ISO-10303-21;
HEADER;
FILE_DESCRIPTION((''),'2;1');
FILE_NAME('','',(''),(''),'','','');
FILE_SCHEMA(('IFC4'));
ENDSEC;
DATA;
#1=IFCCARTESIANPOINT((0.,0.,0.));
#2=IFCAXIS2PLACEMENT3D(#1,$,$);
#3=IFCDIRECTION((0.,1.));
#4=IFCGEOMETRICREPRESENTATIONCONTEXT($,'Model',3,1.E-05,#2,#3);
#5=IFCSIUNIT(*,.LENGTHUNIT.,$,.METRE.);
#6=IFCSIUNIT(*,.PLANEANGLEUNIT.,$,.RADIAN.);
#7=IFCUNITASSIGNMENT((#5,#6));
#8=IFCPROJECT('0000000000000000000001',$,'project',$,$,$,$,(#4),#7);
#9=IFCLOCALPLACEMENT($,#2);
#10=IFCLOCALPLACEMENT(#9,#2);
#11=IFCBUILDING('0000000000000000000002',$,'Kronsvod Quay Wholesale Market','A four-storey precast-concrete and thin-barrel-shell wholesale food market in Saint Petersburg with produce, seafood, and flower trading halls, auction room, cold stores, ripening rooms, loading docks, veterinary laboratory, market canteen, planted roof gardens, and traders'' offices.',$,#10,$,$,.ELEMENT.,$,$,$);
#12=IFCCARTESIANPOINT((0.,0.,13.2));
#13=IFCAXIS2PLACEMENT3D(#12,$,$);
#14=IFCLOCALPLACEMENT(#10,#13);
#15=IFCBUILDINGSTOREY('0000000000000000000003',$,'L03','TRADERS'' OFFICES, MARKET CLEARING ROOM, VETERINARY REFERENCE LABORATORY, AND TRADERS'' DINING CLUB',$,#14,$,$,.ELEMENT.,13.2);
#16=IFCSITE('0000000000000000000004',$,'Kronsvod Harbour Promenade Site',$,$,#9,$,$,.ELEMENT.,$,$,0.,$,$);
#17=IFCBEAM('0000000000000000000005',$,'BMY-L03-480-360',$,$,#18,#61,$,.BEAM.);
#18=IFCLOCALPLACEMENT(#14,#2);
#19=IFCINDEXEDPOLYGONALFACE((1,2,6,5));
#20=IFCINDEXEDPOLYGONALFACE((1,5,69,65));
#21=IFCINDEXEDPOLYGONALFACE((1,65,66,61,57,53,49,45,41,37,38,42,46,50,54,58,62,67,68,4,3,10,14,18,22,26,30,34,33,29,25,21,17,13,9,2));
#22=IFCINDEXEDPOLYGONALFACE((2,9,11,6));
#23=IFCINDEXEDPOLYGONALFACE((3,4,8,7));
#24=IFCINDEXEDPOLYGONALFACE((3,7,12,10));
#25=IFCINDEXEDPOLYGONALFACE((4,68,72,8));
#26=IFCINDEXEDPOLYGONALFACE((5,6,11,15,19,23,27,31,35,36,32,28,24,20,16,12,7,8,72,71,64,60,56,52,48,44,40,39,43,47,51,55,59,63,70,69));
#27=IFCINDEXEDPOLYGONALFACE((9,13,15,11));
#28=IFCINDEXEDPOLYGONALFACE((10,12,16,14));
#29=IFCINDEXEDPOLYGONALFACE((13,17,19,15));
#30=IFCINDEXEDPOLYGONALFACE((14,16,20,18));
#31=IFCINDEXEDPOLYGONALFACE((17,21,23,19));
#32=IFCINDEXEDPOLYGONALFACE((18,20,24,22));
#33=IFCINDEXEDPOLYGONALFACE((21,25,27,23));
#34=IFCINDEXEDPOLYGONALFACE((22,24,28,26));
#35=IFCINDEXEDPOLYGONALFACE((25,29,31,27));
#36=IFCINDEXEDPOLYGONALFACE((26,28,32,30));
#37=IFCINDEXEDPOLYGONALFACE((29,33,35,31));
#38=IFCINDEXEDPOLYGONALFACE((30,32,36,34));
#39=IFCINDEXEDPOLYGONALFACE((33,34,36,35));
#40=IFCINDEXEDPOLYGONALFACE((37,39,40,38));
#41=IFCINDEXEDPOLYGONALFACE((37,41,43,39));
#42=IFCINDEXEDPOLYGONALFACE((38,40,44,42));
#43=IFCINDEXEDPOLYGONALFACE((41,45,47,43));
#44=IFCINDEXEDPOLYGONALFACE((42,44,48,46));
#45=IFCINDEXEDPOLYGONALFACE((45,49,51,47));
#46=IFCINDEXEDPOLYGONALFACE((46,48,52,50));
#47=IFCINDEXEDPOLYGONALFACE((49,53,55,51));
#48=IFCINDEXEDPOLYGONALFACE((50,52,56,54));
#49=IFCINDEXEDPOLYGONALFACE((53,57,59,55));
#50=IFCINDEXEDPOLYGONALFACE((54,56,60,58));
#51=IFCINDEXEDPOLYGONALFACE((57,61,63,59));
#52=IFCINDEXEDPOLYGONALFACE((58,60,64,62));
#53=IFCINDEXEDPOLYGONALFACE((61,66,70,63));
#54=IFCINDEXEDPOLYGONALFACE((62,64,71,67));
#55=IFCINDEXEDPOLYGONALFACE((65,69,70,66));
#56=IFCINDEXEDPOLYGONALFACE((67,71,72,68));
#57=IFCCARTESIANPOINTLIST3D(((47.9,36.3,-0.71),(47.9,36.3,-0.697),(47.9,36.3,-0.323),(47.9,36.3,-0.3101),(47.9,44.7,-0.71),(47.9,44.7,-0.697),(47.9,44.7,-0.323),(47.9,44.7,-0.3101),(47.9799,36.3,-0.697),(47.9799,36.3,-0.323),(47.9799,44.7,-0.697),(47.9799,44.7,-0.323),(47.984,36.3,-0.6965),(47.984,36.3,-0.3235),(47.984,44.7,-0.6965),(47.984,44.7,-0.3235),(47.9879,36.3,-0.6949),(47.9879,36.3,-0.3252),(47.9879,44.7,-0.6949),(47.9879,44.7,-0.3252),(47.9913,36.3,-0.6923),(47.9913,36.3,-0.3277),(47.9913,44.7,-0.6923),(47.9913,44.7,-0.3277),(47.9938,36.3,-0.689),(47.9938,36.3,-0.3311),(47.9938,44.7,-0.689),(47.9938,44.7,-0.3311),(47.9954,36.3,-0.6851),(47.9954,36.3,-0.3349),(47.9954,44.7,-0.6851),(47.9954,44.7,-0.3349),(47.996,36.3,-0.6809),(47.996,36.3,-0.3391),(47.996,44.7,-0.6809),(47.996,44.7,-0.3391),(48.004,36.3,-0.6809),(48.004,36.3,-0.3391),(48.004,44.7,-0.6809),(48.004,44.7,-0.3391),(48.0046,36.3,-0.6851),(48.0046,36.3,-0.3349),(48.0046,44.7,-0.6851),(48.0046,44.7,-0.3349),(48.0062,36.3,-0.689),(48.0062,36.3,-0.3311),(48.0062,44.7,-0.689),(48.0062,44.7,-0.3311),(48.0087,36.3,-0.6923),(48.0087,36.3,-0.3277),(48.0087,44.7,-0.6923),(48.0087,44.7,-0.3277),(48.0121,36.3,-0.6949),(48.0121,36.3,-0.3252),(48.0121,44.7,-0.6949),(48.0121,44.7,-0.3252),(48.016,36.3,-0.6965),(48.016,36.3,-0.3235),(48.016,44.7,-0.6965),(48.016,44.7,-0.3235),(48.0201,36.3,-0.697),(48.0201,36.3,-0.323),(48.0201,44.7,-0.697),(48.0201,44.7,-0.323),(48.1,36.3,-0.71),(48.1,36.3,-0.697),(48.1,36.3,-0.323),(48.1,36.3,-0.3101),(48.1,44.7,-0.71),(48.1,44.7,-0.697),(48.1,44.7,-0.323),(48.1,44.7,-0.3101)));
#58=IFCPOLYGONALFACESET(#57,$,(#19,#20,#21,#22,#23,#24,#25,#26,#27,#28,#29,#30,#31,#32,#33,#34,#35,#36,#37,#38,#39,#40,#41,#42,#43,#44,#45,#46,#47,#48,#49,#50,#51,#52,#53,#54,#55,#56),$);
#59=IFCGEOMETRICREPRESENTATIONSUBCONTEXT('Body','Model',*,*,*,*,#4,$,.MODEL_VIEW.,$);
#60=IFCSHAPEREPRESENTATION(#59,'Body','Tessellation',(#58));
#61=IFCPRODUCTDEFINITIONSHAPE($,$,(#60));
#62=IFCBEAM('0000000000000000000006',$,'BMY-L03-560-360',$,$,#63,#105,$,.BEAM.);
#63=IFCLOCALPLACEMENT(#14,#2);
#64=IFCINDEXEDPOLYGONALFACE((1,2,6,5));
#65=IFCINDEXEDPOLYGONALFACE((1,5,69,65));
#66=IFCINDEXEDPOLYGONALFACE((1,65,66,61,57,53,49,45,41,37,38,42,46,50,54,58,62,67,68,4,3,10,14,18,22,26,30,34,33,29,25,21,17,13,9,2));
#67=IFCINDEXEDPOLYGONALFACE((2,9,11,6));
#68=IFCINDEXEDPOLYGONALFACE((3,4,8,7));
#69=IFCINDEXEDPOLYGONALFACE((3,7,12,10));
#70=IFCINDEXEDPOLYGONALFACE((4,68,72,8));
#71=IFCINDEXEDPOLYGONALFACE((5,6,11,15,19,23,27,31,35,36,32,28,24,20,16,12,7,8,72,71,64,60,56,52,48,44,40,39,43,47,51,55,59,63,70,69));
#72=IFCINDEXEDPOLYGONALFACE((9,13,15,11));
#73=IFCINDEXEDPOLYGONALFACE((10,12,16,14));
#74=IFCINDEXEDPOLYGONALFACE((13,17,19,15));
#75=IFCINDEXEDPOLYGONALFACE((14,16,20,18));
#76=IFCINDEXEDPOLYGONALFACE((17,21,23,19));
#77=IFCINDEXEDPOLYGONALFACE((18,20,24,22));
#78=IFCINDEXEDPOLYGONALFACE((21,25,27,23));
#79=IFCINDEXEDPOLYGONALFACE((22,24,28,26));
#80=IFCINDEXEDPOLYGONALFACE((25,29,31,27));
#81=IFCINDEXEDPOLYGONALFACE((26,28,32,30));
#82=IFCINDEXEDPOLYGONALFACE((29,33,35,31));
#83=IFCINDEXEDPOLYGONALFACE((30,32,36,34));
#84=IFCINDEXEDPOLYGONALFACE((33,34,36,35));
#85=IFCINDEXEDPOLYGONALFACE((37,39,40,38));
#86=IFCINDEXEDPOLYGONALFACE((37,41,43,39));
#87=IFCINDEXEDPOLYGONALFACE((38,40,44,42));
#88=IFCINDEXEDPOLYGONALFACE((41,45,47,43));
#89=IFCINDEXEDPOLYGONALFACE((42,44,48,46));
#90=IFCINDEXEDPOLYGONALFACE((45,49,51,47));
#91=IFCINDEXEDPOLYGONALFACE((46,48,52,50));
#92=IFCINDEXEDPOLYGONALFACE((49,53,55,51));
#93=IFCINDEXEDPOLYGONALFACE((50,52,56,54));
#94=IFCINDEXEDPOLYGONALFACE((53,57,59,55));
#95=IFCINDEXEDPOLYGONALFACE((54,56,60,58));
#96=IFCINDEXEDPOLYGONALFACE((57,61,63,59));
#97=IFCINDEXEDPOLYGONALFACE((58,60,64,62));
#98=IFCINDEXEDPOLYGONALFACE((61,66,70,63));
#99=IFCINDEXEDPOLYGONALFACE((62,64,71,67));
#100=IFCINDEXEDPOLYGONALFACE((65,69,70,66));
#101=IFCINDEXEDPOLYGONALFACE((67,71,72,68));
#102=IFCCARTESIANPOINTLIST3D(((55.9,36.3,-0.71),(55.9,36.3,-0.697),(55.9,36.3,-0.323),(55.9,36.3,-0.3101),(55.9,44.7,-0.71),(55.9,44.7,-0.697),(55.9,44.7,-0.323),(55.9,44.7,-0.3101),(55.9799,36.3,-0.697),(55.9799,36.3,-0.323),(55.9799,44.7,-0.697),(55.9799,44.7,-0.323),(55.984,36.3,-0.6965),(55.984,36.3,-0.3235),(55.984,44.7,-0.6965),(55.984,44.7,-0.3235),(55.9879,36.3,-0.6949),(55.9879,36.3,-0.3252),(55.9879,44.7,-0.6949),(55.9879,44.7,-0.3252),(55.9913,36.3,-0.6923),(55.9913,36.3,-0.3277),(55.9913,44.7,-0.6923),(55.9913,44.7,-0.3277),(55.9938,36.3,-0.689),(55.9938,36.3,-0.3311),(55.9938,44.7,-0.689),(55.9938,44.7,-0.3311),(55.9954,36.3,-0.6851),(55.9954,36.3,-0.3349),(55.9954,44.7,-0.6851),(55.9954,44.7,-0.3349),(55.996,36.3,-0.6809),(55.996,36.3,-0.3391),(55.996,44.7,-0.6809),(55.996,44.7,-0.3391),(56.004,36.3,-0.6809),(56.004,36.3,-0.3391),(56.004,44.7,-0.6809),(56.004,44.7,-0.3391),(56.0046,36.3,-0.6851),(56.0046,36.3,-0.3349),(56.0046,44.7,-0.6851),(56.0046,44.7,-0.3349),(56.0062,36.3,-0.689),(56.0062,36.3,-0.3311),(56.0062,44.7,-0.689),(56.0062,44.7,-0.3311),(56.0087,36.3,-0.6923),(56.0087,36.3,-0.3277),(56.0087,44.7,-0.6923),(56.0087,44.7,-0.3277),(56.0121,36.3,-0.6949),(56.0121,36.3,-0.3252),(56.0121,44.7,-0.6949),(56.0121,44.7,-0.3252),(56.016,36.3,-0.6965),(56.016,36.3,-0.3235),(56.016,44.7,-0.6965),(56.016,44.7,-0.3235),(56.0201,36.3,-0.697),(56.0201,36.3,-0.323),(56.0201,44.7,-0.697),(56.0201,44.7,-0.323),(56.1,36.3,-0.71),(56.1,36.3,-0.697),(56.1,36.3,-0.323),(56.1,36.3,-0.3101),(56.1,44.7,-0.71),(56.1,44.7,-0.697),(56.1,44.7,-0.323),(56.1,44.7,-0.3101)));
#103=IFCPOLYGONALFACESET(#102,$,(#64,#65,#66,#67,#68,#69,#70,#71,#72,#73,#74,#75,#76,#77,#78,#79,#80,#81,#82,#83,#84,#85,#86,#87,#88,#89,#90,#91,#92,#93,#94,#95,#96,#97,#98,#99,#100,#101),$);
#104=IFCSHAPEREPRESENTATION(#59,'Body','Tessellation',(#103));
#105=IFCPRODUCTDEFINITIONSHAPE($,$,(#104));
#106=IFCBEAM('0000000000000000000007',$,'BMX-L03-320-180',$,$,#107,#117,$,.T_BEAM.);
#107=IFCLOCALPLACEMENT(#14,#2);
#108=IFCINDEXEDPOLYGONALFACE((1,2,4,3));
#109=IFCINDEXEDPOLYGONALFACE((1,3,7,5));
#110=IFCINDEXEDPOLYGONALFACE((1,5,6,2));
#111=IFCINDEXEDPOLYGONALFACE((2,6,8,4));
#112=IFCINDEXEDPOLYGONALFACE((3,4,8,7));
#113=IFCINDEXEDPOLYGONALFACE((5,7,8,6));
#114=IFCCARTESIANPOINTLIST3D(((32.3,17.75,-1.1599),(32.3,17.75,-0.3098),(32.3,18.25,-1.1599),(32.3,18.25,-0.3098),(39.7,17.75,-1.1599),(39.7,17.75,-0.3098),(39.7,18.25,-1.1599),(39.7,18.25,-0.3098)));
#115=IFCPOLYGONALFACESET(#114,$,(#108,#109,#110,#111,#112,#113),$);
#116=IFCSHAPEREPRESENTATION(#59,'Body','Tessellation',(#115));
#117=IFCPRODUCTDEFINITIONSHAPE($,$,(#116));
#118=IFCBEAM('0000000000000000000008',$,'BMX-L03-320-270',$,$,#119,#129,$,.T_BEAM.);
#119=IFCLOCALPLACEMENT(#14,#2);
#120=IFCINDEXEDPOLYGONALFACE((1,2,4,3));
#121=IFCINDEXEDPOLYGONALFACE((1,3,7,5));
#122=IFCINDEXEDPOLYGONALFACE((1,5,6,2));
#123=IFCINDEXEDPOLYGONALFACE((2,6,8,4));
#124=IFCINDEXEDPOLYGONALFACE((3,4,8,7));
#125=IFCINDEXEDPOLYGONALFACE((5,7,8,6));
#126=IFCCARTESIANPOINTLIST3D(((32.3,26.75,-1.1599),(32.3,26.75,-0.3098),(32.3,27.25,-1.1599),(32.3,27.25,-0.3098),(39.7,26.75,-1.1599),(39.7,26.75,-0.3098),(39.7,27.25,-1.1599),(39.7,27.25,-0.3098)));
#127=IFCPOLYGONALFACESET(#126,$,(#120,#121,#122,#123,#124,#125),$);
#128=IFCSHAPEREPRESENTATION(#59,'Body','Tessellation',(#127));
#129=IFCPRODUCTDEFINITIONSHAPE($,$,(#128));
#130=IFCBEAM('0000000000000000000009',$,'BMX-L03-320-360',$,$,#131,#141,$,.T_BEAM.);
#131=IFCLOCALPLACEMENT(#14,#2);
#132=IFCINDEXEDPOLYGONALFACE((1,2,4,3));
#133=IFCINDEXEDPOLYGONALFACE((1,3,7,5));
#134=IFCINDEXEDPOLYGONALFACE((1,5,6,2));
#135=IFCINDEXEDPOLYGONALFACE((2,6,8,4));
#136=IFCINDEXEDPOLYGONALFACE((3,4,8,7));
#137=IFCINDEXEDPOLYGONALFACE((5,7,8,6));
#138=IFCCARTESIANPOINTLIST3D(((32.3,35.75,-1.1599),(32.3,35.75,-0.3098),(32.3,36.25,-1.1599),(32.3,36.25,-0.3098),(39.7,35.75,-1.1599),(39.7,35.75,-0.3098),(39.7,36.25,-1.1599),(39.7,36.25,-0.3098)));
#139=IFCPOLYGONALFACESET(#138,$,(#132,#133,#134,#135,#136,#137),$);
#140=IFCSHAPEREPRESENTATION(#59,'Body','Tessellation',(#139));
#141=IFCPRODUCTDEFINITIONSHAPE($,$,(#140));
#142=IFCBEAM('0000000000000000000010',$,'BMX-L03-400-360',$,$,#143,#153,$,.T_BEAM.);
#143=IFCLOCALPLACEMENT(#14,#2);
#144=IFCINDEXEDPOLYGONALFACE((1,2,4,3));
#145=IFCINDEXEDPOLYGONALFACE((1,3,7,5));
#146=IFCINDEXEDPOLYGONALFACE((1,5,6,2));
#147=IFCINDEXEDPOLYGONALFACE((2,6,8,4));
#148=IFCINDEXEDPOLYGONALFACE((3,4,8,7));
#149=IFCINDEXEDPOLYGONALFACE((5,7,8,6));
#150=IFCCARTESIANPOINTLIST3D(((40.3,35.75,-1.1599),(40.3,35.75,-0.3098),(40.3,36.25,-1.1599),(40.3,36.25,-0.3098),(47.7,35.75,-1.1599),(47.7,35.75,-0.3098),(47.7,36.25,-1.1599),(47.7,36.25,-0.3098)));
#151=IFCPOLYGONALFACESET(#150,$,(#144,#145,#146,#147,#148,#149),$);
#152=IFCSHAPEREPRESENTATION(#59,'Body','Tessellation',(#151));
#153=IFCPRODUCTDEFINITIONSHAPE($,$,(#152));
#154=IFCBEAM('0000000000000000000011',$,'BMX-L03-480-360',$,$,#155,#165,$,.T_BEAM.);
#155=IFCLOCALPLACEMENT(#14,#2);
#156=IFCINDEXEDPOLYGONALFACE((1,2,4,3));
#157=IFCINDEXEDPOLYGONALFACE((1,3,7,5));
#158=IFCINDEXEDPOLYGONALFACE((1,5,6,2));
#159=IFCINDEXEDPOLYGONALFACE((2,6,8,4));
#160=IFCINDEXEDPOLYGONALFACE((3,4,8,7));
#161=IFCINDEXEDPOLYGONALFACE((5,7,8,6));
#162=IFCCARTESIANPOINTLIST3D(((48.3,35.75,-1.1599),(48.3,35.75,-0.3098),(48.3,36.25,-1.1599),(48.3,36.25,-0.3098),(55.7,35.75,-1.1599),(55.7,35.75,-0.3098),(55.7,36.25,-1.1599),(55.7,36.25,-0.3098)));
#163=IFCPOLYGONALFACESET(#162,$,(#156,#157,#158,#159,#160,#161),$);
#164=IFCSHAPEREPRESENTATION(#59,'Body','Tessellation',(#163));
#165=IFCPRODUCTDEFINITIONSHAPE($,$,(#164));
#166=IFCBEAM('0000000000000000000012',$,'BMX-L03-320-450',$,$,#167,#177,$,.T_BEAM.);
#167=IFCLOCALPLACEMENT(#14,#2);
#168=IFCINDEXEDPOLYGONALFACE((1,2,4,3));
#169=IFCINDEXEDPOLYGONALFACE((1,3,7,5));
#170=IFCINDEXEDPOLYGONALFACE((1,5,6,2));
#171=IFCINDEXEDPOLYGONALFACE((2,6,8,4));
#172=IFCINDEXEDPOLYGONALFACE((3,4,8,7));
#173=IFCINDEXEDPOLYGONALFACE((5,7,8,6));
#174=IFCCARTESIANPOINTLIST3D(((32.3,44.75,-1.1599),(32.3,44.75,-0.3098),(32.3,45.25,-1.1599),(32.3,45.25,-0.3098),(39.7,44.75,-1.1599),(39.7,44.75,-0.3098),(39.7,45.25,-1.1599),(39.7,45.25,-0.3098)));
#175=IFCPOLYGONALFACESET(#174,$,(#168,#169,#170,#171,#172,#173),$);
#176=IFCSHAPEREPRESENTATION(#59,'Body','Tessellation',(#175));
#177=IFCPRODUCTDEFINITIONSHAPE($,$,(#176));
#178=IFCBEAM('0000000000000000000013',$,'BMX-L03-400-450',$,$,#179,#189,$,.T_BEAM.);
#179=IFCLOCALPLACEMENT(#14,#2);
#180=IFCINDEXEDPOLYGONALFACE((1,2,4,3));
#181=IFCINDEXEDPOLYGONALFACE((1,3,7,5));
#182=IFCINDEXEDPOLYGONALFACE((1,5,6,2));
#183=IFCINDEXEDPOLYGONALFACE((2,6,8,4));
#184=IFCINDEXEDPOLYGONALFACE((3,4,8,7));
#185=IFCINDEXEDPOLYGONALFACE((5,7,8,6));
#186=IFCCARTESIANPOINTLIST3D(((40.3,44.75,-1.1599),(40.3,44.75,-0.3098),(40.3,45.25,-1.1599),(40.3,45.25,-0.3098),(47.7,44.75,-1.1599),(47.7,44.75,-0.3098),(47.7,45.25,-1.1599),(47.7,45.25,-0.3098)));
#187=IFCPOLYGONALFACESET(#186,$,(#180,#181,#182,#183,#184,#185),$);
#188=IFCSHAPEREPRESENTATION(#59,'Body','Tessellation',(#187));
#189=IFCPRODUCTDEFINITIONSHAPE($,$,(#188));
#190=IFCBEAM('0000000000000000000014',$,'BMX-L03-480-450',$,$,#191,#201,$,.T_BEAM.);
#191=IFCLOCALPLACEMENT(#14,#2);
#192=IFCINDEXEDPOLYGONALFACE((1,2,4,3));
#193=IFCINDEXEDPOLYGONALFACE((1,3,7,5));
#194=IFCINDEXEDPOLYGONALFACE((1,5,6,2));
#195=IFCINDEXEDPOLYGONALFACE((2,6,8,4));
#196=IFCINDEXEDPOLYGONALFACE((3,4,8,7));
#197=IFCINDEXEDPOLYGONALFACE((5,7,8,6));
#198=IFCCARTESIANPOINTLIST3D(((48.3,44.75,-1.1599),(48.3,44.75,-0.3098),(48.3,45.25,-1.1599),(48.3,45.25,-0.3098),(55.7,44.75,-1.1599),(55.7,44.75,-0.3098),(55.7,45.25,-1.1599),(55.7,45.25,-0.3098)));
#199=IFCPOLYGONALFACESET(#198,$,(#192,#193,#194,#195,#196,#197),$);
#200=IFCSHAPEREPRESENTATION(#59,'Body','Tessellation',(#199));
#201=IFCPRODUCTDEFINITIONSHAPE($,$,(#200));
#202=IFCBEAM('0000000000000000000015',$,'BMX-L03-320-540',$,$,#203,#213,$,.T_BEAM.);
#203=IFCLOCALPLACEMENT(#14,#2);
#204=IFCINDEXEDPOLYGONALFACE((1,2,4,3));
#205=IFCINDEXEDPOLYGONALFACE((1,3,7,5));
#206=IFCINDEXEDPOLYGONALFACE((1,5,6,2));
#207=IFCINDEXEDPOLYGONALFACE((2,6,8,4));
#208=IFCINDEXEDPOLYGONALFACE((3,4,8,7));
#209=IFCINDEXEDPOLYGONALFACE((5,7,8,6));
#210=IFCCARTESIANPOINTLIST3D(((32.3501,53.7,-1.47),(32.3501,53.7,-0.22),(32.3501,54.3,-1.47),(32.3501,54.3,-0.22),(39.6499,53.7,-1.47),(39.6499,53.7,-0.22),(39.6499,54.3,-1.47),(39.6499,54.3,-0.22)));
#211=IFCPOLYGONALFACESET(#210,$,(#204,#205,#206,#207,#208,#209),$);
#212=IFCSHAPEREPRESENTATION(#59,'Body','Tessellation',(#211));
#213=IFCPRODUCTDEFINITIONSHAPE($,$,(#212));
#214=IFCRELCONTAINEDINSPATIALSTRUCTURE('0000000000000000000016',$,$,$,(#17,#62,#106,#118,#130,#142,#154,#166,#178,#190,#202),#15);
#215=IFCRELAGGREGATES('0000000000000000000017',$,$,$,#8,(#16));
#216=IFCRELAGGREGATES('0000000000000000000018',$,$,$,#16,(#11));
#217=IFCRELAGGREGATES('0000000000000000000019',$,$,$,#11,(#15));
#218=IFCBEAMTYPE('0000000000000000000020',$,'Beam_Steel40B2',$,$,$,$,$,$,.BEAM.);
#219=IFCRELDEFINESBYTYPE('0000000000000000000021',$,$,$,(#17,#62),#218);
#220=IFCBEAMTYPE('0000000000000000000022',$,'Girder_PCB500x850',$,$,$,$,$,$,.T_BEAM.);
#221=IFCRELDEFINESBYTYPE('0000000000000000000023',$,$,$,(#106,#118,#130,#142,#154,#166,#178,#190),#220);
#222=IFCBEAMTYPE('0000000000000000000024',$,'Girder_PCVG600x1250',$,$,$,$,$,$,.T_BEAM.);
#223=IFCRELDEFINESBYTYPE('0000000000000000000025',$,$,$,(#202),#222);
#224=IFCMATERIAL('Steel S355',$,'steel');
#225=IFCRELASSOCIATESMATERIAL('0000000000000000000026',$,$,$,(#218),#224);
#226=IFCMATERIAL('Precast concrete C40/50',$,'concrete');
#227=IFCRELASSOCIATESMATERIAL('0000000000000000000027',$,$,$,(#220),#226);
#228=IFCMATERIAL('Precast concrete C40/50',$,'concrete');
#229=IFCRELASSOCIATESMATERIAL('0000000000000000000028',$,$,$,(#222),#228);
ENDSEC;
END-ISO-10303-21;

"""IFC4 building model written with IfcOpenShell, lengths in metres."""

from ifc_helpers import new_model, si_unit, direction, frame, origin, origin_2d, place, context, subcontext, project, spatial, rectangle, i_section, extrude, material, material_profile, profile_set, type_object, element, save


model = new_model("IFC4")

# Units and contexts
model_context = context("Model", 3, precision=1e-05, world=origin(), true_north=direction((0.0, 1.0)))
body_context = subcontext(model_context, "Body", "Model", "MODEL_VIEW")
ifc_project = project(units=[si_unit("LENGTHUNIT", "METRE"), si_unit("PLANEANGLEUNIT", "RADIAN")], contexts=[model_context])

# Site, building, storey
site_placement = place(None, origin())
site = spatial("IfcSite", under=ifc_project, at=site_placement, Name="Kronsvod Harbour Promenade Site", CompositionType="ELEMENT", RefElevation=0.0)
building_placement = place(site_placement, origin())
building = spatial("IfcBuilding", under=site, at=building_placement, Name="Kronsvod Quay Wholesale Market", Description="A four-storey precast-concrete and thin-barrel-shell wholesale food market in Saint Petersburg with produce, seafood, and flower trading halls, auction room, cold stores, ripening rooms, loading docks, veterinary laboratory, market canteen, planted roof gardens, and traders' offices.", CompositionType="ELEMENT")
storey_placement = place(building_placement, frame((0.0, 0.0, 13.2)))
storey = spatial("IfcBuildingStorey", under=building, at=storey_placement, Name="L03", Description="TRADERS' OFFICES, MARKET CLEARING ROOM, VETERINARY REFERENCE LABORATORY, AND TRADERS' DINING CLUB", CompositionType="ELEMENT", Elevation=13.2)

# Beams
ifc_material_1 = material(Name="Steel S355", Category="steel")
ifc_material_profile_1 = material_profile(ifc_material_1, i_section(OverallWidth=0.2, OverallDepth=0.3999, WebThickness=0.0081, FlangeThickness=0.0129, FilletRadius=0.0161, at=origin_2d()), Name="40B2")
ifc_profile_set_1 = profile_set([ifc_material_profile_1], Name="Steel S355")
beam_type_1 = type_object("IfcBeamType", Name="Beam_Steel40B2", PredefinedType="BEAM", material=ifc_profile_set_1)
for number, where, z_axis, x_axis, name in (
    (1, (48.0, 36.3, -0.51), (0.0, 1.0, 0.0), (-1.0, 0.0, 0.0), "BMY-L03-480-360"),
    (2, (56.0, 36.3, -0.51), (0.0, 1.0, 0.0), (-1.0, 0.0, 0.0), "BMY-L03-560-360"),
):
    element("IfcBeam", number, at=place(storey_placement, frame(where, z_axis=z_axis, x_axis=x_axis)), inside=storey, type_object=beam_type_1, Name=name, PredefinedType="BEAM", context=body_context, shape_type="SweptSolid", body=[
        extrude(i_section(OverallWidth=0.2, OverallDepth=0.3999, WebThickness=0.0081, FlangeThickness=0.0129, FilletRadius=0.0161, at=origin_2d()), origin(), (0.0, 0.0, 1.0), 8.3999),
    ])
ifc_material_2 = material(Name="Precast concrete C40/50", Category="concrete")
ifc_material_profile_2 = material_profile(ifc_material_2, rectangle(XDim=0.5, YDim=0.8501, at=origin_2d()), Name="PCB500x850")
ifc_profile_set_2 = profile_set([ifc_material_profile_2], Name="Precast concrete C40/50")
beam_type_2 = type_object("IfcBeamType", Name="Girder_PCB500x850", PredefinedType="T_BEAM", material=ifc_profile_set_2)
for number, where, z_axis, x_axis, name in (
    (3, (32.3, 18.0, -0.7349), (1.0, 0.0, 0.0), (0.0, 1.0, 0.0), "BMX-L03-320-180"),
    (4, (32.3, 27.0, -0.7349), (1.0, 0.0, 0.0), (0.0, 1.0, 0.0), "BMX-L03-320-270"),
    (5, (32.3, 36.0, -0.7349), (1.0, 0.0, 0.0), (0.0, 1.0, 0.0), "BMX-L03-320-360"),
    (6, (40.3, 36.0, -0.7349), (1.0, 0.0, 0.0), (0.0, 1.0, 0.0), "BMX-L03-400-360"),
    (7, (48.3, 36.0, -0.7349), (1.0, 0.0, 0.0), (0.0, 1.0, 0.0), "BMX-L03-480-360"),
    (8, (32.3, 45.0, -0.7349), (1.0, 0.0, 0.0), (0.0, 1.0, 0.0), "BMX-L03-320-450"),
    (9, (40.3, 45.0, -0.7349), (1.0, 0.0, 0.0), (0.0, 1.0, 0.0), "BMX-L03-400-450"),
    (10, (48.3, 45.0, -0.7349), (1.0, 0.0, 0.0), (0.0, 1.0, 0.0), "BMX-L03-480-450"),
):
    element("IfcBeam", number, at=place(storey_placement, frame(where, z_axis=z_axis, x_axis=x_axis)), inside=storey, type_object=beam_type_2, Name=name, PredefinedType="T_BEAM", context=body_context, shape_type="SweptSolid", body=[
        extrude(rectangle(XDim=0.5, YDim=0.8501, at=origin_2d()), origin(), (0.0, 0.0, 1.0), 7.3999),
    ])
ifc_material_3 = material(Name="Precast concrete C40/50", Category="concrete")
ifc_material_profile_3 = material_profile(ifc_material_3, rectangle(XDim=0.6001, YDim=1.25, at=origin_2d()), Name="PCVG600x1250")
ifc_profile_set_3 = profile_set([ifc_material_profile_3], Name="Precast concrete C40/50")
beam_type_3 = type_object("IfcBeamType", Name="Girder_PCVG600x1250", PredefinedType="T_BEAM", material=ifc_profile_set_3)
for number, where, z_axis, x_axis, name in (
    (11, (32.3501, 54.0, -0.845), (1.0, 0.0, 0.0), (0.0, 1.0, 0.0), "BMX-L03-320-540"),
):
    element("IfcBeam", number, at=place(storey_placement, frame(where, z_axis=z_axis, x_axis=x_axis)), inside=storey, type_object=beam_type_3, Name=name, PredefinedType="T_BEAM", context=body_context, shape_type="SweptSolid", body=[
        extrude(rectangle(XDim=0.6001, YDim=1.25, at=origin_2d()), origin(), (0.0, 0.0, 1.0), 7.2998),
    ])

save(model, "model.ifc")
